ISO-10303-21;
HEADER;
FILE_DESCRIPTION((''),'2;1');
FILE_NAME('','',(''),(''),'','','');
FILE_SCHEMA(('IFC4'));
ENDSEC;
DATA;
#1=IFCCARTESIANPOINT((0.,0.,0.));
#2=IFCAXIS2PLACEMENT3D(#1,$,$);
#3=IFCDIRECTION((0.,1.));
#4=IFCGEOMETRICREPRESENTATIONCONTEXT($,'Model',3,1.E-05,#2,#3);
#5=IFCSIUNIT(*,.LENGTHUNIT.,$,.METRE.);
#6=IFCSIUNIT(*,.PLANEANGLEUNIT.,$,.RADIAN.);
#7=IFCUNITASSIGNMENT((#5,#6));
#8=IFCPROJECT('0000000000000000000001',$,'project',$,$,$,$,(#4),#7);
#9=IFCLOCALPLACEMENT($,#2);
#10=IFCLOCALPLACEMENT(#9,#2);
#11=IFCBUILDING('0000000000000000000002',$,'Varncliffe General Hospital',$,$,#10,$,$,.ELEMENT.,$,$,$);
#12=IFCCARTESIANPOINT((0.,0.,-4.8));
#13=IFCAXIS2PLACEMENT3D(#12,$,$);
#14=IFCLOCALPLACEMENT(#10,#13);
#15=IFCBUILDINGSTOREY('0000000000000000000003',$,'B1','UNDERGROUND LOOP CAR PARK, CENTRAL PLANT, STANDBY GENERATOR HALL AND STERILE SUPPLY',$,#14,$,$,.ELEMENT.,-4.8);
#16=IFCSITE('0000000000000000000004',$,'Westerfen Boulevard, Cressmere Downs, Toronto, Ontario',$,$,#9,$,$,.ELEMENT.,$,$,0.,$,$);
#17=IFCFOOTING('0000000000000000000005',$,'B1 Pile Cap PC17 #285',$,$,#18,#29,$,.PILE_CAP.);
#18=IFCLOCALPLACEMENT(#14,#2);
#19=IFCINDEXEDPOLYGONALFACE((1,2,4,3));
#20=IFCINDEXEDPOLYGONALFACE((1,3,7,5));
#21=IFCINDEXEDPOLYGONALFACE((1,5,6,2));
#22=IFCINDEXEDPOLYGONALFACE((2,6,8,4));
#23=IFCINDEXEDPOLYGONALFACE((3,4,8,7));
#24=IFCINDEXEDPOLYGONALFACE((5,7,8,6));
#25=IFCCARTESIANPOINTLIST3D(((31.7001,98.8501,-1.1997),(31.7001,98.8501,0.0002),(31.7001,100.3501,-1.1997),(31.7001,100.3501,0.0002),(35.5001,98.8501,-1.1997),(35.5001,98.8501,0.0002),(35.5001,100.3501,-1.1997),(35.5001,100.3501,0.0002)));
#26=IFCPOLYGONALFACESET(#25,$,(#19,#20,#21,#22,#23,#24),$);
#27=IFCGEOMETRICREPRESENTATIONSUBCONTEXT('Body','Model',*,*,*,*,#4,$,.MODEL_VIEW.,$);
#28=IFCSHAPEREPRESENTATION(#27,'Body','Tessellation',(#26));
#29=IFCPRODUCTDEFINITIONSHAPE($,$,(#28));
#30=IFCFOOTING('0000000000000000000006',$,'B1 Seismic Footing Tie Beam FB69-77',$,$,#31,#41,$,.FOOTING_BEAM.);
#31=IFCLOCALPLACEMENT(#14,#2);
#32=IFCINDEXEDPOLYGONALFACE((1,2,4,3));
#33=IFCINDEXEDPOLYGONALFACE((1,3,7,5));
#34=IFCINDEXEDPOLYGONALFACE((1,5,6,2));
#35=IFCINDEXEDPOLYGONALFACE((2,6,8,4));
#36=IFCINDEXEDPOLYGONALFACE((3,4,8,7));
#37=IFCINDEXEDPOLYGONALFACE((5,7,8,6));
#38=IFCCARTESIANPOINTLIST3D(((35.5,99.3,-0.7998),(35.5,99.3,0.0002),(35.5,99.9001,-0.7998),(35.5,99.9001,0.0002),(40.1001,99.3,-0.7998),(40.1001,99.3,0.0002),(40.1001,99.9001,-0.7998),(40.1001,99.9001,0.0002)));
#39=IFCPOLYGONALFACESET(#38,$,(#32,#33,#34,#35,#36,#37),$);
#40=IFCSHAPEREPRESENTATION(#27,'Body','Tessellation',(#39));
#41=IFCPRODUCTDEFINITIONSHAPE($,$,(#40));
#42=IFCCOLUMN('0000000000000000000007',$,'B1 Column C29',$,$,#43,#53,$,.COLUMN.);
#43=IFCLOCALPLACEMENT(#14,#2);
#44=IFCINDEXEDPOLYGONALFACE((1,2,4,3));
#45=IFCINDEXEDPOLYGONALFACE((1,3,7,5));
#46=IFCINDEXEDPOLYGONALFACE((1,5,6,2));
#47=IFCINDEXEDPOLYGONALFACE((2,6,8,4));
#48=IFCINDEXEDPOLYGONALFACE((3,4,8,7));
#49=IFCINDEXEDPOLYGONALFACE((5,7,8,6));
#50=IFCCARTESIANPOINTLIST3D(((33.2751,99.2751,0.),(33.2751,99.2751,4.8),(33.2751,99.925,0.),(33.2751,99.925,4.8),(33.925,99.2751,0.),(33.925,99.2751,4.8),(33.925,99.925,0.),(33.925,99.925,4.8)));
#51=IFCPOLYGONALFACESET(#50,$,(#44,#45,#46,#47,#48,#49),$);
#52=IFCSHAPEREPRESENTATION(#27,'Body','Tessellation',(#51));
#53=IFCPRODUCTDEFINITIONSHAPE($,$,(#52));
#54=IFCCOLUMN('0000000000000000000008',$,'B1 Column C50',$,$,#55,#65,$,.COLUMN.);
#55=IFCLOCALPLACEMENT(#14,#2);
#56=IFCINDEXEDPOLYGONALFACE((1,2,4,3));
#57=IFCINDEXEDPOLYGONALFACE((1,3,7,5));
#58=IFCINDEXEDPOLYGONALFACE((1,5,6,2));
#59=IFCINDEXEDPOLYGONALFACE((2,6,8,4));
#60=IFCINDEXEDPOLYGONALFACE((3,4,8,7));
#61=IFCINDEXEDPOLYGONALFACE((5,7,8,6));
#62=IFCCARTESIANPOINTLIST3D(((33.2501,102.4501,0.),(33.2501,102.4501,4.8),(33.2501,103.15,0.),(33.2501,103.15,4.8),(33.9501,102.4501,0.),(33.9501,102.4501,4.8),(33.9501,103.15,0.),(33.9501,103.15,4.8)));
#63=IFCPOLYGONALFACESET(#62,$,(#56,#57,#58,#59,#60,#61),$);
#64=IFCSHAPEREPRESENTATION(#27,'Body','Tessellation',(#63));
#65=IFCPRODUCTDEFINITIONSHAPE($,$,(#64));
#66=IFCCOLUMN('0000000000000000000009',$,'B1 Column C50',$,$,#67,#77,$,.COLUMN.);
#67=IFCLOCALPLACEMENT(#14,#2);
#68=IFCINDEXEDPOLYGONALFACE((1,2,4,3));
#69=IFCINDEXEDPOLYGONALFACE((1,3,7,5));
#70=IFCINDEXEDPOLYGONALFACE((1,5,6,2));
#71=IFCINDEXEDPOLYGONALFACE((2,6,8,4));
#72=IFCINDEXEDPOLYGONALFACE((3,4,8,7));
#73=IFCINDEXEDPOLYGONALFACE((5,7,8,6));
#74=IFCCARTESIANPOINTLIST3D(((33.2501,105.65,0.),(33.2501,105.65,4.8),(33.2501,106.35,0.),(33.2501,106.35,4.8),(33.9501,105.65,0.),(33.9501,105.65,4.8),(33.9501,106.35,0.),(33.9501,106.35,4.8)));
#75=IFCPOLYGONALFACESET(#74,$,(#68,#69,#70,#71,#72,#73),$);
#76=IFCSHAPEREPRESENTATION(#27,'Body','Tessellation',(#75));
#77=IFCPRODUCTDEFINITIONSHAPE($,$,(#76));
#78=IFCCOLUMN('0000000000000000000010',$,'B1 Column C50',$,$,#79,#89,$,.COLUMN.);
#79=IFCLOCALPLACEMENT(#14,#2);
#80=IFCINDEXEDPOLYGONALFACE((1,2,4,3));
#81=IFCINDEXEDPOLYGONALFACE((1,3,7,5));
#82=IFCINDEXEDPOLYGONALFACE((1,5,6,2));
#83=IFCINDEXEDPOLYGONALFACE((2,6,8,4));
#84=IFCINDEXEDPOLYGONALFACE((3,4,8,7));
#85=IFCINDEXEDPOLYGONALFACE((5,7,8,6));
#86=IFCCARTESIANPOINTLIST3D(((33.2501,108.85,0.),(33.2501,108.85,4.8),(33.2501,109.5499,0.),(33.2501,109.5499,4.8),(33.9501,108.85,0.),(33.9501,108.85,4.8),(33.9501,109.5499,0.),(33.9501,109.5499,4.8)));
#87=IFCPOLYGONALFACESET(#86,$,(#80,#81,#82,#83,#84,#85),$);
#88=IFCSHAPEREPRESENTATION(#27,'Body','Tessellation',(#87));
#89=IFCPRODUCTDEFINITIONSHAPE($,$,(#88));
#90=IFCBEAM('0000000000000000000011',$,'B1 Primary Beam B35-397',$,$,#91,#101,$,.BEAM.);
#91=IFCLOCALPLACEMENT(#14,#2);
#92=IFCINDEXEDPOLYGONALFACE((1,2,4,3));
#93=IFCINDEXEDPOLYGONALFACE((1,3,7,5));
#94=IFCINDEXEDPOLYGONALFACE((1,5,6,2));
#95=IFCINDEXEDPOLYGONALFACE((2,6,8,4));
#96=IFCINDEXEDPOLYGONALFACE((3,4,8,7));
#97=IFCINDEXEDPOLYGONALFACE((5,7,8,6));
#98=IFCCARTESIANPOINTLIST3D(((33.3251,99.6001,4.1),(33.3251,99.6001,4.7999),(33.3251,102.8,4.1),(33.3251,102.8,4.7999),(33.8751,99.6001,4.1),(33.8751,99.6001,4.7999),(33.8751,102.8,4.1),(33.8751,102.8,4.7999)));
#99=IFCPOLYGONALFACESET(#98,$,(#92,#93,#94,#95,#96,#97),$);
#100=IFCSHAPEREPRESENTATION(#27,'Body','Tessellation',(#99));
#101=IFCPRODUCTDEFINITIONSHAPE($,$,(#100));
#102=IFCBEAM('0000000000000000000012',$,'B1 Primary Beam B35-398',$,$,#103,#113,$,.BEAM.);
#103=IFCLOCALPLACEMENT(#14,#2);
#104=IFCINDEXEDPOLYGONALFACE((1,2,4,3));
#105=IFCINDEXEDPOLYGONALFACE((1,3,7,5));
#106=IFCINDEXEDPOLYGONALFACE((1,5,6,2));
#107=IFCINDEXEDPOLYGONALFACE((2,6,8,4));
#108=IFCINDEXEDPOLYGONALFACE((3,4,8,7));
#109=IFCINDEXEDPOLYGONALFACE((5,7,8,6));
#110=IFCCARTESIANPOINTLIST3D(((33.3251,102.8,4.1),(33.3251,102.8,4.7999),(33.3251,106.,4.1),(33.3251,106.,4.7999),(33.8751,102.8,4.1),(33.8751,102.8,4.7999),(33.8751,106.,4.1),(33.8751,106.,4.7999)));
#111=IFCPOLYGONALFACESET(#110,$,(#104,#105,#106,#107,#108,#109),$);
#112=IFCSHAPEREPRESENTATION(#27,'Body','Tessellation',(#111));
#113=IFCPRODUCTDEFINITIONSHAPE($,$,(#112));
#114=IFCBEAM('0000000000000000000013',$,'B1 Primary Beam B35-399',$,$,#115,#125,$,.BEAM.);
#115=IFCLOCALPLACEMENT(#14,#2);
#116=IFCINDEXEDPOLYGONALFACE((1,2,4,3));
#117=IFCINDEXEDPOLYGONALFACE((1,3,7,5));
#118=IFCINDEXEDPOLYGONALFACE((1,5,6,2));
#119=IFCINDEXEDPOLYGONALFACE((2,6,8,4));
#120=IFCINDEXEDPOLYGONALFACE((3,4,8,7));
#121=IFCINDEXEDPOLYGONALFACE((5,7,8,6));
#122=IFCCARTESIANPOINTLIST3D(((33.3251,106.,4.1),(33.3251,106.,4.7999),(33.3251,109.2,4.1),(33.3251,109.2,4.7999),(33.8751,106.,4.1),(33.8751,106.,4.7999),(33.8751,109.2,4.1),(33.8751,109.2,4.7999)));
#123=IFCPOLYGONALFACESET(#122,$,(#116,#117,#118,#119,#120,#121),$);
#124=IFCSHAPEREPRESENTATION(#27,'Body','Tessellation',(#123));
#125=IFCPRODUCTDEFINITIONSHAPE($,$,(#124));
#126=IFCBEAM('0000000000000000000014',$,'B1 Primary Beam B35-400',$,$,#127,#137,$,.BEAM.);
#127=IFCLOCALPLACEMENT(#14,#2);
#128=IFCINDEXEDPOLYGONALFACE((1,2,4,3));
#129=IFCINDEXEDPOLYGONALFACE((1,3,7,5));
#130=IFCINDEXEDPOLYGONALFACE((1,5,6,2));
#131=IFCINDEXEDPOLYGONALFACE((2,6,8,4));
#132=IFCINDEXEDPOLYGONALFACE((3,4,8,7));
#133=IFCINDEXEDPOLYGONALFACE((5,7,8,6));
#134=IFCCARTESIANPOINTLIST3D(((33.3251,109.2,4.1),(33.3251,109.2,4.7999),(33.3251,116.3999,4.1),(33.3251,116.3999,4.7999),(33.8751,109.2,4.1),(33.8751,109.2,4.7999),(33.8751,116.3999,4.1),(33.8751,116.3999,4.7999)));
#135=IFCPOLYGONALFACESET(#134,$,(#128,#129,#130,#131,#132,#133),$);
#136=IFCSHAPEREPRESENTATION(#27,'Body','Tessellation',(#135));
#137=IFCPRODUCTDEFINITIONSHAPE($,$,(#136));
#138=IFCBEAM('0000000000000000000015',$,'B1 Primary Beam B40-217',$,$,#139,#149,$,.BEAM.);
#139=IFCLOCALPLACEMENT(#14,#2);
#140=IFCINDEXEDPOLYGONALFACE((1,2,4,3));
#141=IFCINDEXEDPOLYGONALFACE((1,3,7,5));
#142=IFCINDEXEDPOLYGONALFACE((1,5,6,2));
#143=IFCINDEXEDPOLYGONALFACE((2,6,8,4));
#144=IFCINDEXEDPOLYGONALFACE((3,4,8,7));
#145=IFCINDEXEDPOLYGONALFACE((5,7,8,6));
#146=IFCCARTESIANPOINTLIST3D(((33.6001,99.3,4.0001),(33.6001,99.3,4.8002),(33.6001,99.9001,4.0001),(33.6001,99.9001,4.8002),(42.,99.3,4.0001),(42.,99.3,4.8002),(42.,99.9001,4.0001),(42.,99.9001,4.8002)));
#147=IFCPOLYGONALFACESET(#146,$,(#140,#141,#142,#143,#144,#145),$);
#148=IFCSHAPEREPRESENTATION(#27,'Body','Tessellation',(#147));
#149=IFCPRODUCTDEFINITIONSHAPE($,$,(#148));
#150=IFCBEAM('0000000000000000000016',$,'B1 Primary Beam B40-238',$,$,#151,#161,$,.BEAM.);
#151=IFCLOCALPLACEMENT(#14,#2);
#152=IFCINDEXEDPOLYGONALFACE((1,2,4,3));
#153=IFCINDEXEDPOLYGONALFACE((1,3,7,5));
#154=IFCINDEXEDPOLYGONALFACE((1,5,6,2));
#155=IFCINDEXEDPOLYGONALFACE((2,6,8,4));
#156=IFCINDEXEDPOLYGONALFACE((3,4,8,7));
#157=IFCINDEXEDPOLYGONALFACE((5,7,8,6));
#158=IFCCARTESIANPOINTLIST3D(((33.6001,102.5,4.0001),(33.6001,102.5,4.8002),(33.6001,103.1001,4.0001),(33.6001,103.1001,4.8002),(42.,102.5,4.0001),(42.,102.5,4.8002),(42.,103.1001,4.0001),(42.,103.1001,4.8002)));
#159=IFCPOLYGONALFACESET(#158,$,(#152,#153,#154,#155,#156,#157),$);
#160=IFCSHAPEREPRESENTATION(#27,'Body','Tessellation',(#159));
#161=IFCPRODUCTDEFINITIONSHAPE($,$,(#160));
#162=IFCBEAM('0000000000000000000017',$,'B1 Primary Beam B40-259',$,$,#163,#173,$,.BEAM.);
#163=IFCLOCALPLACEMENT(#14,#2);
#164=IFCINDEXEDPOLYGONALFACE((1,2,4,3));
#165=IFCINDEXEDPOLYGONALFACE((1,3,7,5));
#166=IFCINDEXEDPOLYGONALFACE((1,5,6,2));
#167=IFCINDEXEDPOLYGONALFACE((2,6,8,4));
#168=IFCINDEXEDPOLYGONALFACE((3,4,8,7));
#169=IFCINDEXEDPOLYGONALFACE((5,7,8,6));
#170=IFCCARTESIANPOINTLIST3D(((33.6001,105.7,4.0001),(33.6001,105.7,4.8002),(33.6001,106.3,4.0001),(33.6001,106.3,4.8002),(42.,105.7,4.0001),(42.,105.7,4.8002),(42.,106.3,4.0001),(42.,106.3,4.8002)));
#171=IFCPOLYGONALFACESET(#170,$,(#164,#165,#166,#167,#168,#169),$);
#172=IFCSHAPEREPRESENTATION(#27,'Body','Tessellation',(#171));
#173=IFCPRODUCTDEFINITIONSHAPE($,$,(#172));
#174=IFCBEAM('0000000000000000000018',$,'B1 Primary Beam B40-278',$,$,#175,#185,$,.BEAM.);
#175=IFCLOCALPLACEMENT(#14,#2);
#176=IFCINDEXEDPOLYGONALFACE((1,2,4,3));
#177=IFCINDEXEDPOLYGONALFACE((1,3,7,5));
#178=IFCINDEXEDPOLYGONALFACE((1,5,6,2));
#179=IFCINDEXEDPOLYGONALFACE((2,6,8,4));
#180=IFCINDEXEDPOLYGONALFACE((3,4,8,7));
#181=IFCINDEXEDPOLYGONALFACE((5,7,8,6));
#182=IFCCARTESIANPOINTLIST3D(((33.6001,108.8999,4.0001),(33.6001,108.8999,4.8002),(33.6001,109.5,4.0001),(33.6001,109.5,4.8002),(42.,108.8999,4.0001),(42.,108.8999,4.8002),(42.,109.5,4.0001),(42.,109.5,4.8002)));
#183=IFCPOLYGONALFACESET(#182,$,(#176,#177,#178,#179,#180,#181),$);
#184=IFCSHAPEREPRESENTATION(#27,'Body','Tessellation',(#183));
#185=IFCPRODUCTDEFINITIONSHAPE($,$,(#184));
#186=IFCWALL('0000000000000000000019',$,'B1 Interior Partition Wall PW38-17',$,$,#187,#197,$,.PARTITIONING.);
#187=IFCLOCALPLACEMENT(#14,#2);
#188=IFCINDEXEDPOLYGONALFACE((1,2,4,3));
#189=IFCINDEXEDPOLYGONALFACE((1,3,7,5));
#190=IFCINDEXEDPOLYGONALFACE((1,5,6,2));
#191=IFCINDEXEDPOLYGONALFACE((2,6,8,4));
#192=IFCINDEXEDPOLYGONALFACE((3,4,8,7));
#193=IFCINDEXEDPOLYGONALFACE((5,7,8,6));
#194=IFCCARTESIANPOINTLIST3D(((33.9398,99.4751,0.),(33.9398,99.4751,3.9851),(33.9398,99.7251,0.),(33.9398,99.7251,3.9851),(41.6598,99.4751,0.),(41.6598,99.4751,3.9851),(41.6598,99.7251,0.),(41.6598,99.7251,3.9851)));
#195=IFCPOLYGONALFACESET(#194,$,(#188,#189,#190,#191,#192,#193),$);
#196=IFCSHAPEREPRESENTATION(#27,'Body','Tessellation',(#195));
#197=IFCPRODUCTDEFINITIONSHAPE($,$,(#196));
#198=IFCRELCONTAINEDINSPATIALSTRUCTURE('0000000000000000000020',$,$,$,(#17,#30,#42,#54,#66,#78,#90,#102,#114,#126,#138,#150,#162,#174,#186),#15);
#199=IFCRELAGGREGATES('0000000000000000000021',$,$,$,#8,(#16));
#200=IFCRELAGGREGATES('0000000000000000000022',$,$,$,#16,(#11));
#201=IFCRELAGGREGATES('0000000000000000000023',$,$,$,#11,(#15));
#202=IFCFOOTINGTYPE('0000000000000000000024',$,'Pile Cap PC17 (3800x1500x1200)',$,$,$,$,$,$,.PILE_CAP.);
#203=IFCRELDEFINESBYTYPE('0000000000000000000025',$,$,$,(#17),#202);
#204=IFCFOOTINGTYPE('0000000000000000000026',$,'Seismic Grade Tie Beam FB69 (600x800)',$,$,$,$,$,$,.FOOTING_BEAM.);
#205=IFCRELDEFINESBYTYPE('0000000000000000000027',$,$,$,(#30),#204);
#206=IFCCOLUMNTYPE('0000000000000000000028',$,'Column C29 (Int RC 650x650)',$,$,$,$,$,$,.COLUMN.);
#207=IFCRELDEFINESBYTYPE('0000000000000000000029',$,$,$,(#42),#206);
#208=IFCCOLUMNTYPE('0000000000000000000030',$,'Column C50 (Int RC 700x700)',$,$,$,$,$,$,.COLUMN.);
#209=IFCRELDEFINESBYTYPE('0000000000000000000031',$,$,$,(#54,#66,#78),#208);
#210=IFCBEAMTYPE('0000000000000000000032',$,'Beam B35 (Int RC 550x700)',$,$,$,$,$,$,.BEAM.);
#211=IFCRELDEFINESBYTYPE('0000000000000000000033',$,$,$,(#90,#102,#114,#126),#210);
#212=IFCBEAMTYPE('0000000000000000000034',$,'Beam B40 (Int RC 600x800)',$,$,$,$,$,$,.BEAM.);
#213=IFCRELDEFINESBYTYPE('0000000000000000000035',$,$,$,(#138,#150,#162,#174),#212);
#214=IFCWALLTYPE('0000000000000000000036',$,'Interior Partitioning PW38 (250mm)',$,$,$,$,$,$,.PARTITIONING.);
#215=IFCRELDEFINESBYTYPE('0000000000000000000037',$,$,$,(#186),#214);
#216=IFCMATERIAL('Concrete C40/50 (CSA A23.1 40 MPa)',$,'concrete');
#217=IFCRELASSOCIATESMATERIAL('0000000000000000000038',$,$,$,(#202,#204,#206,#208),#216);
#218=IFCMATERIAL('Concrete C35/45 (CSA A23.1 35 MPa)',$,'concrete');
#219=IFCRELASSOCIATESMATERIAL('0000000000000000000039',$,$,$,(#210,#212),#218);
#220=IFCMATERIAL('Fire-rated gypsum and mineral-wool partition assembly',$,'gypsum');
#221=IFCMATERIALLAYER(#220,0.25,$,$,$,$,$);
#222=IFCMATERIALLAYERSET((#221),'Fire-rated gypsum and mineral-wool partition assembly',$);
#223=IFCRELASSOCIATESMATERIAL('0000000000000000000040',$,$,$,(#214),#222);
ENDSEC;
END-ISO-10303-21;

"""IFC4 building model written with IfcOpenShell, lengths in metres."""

from ifc_helpers import new_model, si_unit, direction, frame, frame_2d, origin, origin_2d, place, context, subcontext, project, spatial, rectangle, extrude, material, layer, layer_set, material_profile, profile_set, type_object, element, save


model = new_model("IFC4")

# Units and contexts
model_context = context("Model", 3, precision=1e-05, world=origin(), true_north=direction((0.0, 1.0)))
body_context = subcontext(model_context, "Body", "Model", "MODEL_VIEW")
ifc_project = project(units=[si_unit("LENGTHUNIT", "METRE"), si_unit("PLANEANGLEUNIT", "RADIAN")], contexts=[model_context])

# Site, building, storey
site_placement = place(None, origin())
site = spatial("IfcSite", under=ifc_project, at=site_placement, Name="Westerfen Boulevard, Cressmere Downs, Toronto, Ontario", CompositionType="ELEMENT", RefElevation=0.0)
building_placement = place(site_placement, origin())
building = spatial("IfcBuilding", under=site, at=building_placement, Name="Varncliffe General Hospital", CompositionType="ELEMENT")
storey_placement = place(building_placement, frame((0.0, 0.0, -4.8)))
storey = spatial("IfcBuildingStorey", under=building, at=storey_placement, Name="B1", Description="UNDERGROUND LOOP CAR PARK, CENTRAL PLANT, STANDBY GENERATOR HALL AND STERILE SUPPLY", CompositionType="ELEMENT", Elevation=-4.8)

# Shared definitions
ifc_material_1 = material(Name="Concrete C40/50 (CSA A23.1 40 MPa)", Category="concrete")

# Footings
footing_type_1 = type_object("IfcFootingType", Name="Pile Cap PC17 (3800x1500x1200)", PredefinedType="PILE_CAP", material=ifc_material_1)
footing_1_placement = place(storey_placement, frame((33.6001, 99.6001, -1.1997), z_axis=(0.0, 0.0, 1.0), x_axis=(1.0, 0.0, 0.0)))
element("IfcFooting", 1, at=footing_1_placement, inside=storey, type_object=footing_type_1, Name="B1 Pile Cap PC17 #285", PredefinedType="PILE_CAP", context=body_context, shape_type="SweptSolid", body=[
    extrude(rectangle(XDim=3.8, YDim=1.5, at=origin_2d()), origin(), (0.0, 0.0, 1.0), 1.2),
])
footing_type_2 = type_object("IfcFootingType", Name="Seismic Grade Tie Beam FB69 (600x800)", PredefinedType="FOOTING_BEAM", material=ifc_material_1)
footing_2_placement = place(storey_placement, frame((37.8, 99.6001, -0.7998), z_axis=(0.0, 0.0, 1.0), x_axis=(1.0, 0.0, 0.0)))
element("IfcFooting", 2, at=footing_2_placement, inside=storey, type_object=footing_type_2, Name="B1 Seismic Footing Tie Beam FB69-77", PredefinedType="FOOTING_BEAM", context=body_context, shape_type="SweptSolid", body=[
    extrude(rectangle(XDim=4.6001, YDim=0.6001, at=origin_2d()), origin(), (0.0, 0.0, 1.0), 0.8),
])

# Columns
ifc_material_profile_1 = material_profile(ifc_material_1, rectangle(XDim=0.6499, YDim=0.6499, at=origin_2d()), Name="RC 650x650")
ifc_profile_set_1 = profile_set([ifc_material_profile_1], Name="Concrete C40/50 (CSA A23.1 40 MPa)")
column_type_1 = type_object("IfcColumnType", Name="Column C29 (Int RC 650x650)", PredefinedType="COLUMN", material=ifc_profile_set_1)
column_placement = place(storey_placement, frame((33.6001, 99.6001, 0.0), z_axis=(0.0, 0.0, 1.0), x_axis=(1.0, 0.0, 0.0)))
element("IfcColumn", 3, at=column_placement, inside=storey, type_object=column_type_1, Name="B1 Column C29", PredefinedType="COLUMN", context=body_context, shape_type="SweptSolid", body=[
    extrude(rectangle(XDim=0.6499, YDim=0.6499, at=origin_2d()), origin(), (0.0, 0.0, 1.0), 4.8),
])
ifc_material_profile_2 = material_profile(ifc_material_1, rectangle(XDim=0.7, YDim=0.7, at=origin_2d()), Name="RC 700x700")
ifc_profile_set_2 = profile_set([ifc_material_profile_2], Name="Concrete C40/50 (CSA A23.1 40 MPa)")
column_type_2 = type_object("IfcColumnType", Name="Column C50 (Int RC 700x700)", PredefinedType="COLUMN", material=ifc_profile_set_2)
for number, where, z_axis, x_axis, name in (
    (4, (33.6001, 102.8, 0.0), (0.0, 0.0, 1.0), (1.0, 0.0, 0.0), "B1 Column C50"),
    (5, (33.6001, 106.0, 0.0), (0.0, 0.0, 1.0), (1.0, 0.0, 0.0), "B1 Column C50"),
    (6, (33.6001, 109.2, 0.0), (0.0, 0.0, 1.0), (1.0, 0.0, 0.0), "B1 Column C50"),
):
    element("IfcColumn", number, at=place(storey_placement, frame(where, z_axis=z_axis, x_axis=x_axis)), inside=storey, type_object=column_type_2, Name=name, PredefinedType="COLUMN", context=body_context, shape_type="SweptSolid", body=[
        extrude(rectangle(XDim=0.7, YDim=0.7, at=origin_2d()), origin(), (0.0, 0.0, 1.0), 4.8),
    ])

# Beams
ifc_material_2 = material(Name="Concrete C35/45 (CSA A23.1 35 MPa)", Category="concrete")
ifc_material_profile_3 = material_profile(ifc_material_2, rectangle(XDim=0.55, YDim=0.7, at=origin_2d()), Name="RC 550x700")
ifc_profile_set_3 = profile_set([ifc_material_profile_3], Name="Concrete C35/45 (CSA A23.1 35 MPa)")
beam_type_1 = type_object("IfcBeamType", Name="Beam B35 (Int RC 550x700)", PredefinedType="BEAM", material=ifc_profile_set_3)
for number, where, z_axis, x_axis, name in (
    (7, (33.6001, 99.6001, 4.45), (0.0, 1.0, 0.0), (-1.0, 0.0, 0.0), "B1 Primary Beam B35-397"),
    (8, (33.6001, 102.8, 4.45), (0.0, 1.0, 0.0), (-1.0, 0.0, 0.0), "B1 Primary Beam B35-398"),
    (9, (33.6001, 106.0, 4.45), (0.0, 1.0, 0.0), (-1.0, 0.0, 0.0), "B1 Primary Beam B35-399"),
):
    element("IfcBeam", number, at=place(storey_placement, frame(where, z_axis=z_axis, x_axis=x_axis)), inside=storey, type_object=beam_type_1, Name=name, PredefinedType="BEAM", context=body_context, shape_type="SweptSolid", body=[
        extrude(rectangle(XDim=0.55, YDim=0.7, at=origin_2d()), origin(), (0.0, 0.0, 1.0), 3.2),
    ])
beam_placement = place(storey_placement, frame((33.6001, 109.2, 4.45), z_axis=(0.0, 1.0, 0.0), x_axis=(-1.0, 0.0, 0.0)))
element("IfcBeam", 10, at=beam_placement, inside=storey, type_object=beam_type_1, Name="B1 Primary Beam B35-400", PredefinedType="BEAM", context=body_context, shape_type="SweptSolid", body=[
    extrude(rectangle(XDim=0.55, YDim=0.7, at=origin_2d()), origin(), (0.0, 0.0, 1.0), 7.2),
])
ifc_material_profile_4 = material_profile(ifc_material_2, rectangle(XDim=0.6001, YDim=0.8, at=origin_2d()), Name="RC 600x800")
ifc_profile_set_4 = profile_set([ifc_material_profile_4], Name="Concrete C35/45 (CSA A23.1 35 MPa)")
beam_type_2 = type_object("IfcBeamType", Name="Beam B40 (Int RC 600x800)", PredefinedType="BEAM", material=ifc_profile_set_4)
for number, where, z_axis, x_axis, name in (
    (11, (33.6001, 99.6001, 4.4001), (1.0, 0.0, 0.0), (0.0, 1.0, 0.0), "B1 Primary Beam B40-217"),
    (12, (33.6001, 102.8, 4.4001), (1.0, 0.0, 0.0), (0.0, 1.0, 0.0), "B1 Primary Beam B40-238"),
    (13, (33.6001, 106.0, 4.4001), (1.0, 0.0, 0.0), (0.0, 1.0, 0.0), "B1 Primary Beam B40-259"),
    (14, (33.6001, 109.2, 4.4001), (1.0, 0.0, 0.0), (0.0, 1.0, 0.0), "B1 Primary Beam B40-278"),
):
    element("IfcBeam", number, at=place(storey_placement, frame(where, z_axis=z_axis, x_axis=x_axis)), inside=storey, type_object=beam_type_2, Name=name, PredefinedType="BEAM", context=body_context, shape_type="SweptSolid", body=[
        extrude(rectangle(XDim=0.6001, YDim=0.8, at=origin_2d()), origin(), (0.0, 0.0, 1.0), 8.3999),
    ])

# Wall
ifc_material_3 = material(Name="Fire-rated gypsum and mineral-wool partition assembly", Category="gypsum")
ifc_layer_1 = layer(ifc_material_3, 0.25)
ifc_layer_set_1 = layer_set([ifc_layer_1], Name="Fire-rated gypsum and mineral-wool partition assembly")
wall_type_1 = type_object("IfcWallType", Name="Interior Partitioning PW38 (250mm)", PredefinedType="PARTITIONING", material=ifc_layer_set_1)
wall_1_placement = place(storey_placement, frame((33.9399, 99.6001, 0.0), z_axis=(0.0, 0.0, 1.0), x_axis=(1.0, 0.0, 0.0)))
element("IfcWall", 15, at=wall_1_placement, inside=storey, type_object=wall_type_1, Name="B1 Interior Partition Wall PW38-17", PredefinedType="PARTITIONING", context=body_context, shape_type="SweptSolid", body=[
    extrude(rectangle(XDim=7.72, YDim=0.25, at=frame_2d((3.8599, 0.0))), origin(), (0.0, 0.0, 1.0), 3.9851),
])

save(model, "model.ifc")
